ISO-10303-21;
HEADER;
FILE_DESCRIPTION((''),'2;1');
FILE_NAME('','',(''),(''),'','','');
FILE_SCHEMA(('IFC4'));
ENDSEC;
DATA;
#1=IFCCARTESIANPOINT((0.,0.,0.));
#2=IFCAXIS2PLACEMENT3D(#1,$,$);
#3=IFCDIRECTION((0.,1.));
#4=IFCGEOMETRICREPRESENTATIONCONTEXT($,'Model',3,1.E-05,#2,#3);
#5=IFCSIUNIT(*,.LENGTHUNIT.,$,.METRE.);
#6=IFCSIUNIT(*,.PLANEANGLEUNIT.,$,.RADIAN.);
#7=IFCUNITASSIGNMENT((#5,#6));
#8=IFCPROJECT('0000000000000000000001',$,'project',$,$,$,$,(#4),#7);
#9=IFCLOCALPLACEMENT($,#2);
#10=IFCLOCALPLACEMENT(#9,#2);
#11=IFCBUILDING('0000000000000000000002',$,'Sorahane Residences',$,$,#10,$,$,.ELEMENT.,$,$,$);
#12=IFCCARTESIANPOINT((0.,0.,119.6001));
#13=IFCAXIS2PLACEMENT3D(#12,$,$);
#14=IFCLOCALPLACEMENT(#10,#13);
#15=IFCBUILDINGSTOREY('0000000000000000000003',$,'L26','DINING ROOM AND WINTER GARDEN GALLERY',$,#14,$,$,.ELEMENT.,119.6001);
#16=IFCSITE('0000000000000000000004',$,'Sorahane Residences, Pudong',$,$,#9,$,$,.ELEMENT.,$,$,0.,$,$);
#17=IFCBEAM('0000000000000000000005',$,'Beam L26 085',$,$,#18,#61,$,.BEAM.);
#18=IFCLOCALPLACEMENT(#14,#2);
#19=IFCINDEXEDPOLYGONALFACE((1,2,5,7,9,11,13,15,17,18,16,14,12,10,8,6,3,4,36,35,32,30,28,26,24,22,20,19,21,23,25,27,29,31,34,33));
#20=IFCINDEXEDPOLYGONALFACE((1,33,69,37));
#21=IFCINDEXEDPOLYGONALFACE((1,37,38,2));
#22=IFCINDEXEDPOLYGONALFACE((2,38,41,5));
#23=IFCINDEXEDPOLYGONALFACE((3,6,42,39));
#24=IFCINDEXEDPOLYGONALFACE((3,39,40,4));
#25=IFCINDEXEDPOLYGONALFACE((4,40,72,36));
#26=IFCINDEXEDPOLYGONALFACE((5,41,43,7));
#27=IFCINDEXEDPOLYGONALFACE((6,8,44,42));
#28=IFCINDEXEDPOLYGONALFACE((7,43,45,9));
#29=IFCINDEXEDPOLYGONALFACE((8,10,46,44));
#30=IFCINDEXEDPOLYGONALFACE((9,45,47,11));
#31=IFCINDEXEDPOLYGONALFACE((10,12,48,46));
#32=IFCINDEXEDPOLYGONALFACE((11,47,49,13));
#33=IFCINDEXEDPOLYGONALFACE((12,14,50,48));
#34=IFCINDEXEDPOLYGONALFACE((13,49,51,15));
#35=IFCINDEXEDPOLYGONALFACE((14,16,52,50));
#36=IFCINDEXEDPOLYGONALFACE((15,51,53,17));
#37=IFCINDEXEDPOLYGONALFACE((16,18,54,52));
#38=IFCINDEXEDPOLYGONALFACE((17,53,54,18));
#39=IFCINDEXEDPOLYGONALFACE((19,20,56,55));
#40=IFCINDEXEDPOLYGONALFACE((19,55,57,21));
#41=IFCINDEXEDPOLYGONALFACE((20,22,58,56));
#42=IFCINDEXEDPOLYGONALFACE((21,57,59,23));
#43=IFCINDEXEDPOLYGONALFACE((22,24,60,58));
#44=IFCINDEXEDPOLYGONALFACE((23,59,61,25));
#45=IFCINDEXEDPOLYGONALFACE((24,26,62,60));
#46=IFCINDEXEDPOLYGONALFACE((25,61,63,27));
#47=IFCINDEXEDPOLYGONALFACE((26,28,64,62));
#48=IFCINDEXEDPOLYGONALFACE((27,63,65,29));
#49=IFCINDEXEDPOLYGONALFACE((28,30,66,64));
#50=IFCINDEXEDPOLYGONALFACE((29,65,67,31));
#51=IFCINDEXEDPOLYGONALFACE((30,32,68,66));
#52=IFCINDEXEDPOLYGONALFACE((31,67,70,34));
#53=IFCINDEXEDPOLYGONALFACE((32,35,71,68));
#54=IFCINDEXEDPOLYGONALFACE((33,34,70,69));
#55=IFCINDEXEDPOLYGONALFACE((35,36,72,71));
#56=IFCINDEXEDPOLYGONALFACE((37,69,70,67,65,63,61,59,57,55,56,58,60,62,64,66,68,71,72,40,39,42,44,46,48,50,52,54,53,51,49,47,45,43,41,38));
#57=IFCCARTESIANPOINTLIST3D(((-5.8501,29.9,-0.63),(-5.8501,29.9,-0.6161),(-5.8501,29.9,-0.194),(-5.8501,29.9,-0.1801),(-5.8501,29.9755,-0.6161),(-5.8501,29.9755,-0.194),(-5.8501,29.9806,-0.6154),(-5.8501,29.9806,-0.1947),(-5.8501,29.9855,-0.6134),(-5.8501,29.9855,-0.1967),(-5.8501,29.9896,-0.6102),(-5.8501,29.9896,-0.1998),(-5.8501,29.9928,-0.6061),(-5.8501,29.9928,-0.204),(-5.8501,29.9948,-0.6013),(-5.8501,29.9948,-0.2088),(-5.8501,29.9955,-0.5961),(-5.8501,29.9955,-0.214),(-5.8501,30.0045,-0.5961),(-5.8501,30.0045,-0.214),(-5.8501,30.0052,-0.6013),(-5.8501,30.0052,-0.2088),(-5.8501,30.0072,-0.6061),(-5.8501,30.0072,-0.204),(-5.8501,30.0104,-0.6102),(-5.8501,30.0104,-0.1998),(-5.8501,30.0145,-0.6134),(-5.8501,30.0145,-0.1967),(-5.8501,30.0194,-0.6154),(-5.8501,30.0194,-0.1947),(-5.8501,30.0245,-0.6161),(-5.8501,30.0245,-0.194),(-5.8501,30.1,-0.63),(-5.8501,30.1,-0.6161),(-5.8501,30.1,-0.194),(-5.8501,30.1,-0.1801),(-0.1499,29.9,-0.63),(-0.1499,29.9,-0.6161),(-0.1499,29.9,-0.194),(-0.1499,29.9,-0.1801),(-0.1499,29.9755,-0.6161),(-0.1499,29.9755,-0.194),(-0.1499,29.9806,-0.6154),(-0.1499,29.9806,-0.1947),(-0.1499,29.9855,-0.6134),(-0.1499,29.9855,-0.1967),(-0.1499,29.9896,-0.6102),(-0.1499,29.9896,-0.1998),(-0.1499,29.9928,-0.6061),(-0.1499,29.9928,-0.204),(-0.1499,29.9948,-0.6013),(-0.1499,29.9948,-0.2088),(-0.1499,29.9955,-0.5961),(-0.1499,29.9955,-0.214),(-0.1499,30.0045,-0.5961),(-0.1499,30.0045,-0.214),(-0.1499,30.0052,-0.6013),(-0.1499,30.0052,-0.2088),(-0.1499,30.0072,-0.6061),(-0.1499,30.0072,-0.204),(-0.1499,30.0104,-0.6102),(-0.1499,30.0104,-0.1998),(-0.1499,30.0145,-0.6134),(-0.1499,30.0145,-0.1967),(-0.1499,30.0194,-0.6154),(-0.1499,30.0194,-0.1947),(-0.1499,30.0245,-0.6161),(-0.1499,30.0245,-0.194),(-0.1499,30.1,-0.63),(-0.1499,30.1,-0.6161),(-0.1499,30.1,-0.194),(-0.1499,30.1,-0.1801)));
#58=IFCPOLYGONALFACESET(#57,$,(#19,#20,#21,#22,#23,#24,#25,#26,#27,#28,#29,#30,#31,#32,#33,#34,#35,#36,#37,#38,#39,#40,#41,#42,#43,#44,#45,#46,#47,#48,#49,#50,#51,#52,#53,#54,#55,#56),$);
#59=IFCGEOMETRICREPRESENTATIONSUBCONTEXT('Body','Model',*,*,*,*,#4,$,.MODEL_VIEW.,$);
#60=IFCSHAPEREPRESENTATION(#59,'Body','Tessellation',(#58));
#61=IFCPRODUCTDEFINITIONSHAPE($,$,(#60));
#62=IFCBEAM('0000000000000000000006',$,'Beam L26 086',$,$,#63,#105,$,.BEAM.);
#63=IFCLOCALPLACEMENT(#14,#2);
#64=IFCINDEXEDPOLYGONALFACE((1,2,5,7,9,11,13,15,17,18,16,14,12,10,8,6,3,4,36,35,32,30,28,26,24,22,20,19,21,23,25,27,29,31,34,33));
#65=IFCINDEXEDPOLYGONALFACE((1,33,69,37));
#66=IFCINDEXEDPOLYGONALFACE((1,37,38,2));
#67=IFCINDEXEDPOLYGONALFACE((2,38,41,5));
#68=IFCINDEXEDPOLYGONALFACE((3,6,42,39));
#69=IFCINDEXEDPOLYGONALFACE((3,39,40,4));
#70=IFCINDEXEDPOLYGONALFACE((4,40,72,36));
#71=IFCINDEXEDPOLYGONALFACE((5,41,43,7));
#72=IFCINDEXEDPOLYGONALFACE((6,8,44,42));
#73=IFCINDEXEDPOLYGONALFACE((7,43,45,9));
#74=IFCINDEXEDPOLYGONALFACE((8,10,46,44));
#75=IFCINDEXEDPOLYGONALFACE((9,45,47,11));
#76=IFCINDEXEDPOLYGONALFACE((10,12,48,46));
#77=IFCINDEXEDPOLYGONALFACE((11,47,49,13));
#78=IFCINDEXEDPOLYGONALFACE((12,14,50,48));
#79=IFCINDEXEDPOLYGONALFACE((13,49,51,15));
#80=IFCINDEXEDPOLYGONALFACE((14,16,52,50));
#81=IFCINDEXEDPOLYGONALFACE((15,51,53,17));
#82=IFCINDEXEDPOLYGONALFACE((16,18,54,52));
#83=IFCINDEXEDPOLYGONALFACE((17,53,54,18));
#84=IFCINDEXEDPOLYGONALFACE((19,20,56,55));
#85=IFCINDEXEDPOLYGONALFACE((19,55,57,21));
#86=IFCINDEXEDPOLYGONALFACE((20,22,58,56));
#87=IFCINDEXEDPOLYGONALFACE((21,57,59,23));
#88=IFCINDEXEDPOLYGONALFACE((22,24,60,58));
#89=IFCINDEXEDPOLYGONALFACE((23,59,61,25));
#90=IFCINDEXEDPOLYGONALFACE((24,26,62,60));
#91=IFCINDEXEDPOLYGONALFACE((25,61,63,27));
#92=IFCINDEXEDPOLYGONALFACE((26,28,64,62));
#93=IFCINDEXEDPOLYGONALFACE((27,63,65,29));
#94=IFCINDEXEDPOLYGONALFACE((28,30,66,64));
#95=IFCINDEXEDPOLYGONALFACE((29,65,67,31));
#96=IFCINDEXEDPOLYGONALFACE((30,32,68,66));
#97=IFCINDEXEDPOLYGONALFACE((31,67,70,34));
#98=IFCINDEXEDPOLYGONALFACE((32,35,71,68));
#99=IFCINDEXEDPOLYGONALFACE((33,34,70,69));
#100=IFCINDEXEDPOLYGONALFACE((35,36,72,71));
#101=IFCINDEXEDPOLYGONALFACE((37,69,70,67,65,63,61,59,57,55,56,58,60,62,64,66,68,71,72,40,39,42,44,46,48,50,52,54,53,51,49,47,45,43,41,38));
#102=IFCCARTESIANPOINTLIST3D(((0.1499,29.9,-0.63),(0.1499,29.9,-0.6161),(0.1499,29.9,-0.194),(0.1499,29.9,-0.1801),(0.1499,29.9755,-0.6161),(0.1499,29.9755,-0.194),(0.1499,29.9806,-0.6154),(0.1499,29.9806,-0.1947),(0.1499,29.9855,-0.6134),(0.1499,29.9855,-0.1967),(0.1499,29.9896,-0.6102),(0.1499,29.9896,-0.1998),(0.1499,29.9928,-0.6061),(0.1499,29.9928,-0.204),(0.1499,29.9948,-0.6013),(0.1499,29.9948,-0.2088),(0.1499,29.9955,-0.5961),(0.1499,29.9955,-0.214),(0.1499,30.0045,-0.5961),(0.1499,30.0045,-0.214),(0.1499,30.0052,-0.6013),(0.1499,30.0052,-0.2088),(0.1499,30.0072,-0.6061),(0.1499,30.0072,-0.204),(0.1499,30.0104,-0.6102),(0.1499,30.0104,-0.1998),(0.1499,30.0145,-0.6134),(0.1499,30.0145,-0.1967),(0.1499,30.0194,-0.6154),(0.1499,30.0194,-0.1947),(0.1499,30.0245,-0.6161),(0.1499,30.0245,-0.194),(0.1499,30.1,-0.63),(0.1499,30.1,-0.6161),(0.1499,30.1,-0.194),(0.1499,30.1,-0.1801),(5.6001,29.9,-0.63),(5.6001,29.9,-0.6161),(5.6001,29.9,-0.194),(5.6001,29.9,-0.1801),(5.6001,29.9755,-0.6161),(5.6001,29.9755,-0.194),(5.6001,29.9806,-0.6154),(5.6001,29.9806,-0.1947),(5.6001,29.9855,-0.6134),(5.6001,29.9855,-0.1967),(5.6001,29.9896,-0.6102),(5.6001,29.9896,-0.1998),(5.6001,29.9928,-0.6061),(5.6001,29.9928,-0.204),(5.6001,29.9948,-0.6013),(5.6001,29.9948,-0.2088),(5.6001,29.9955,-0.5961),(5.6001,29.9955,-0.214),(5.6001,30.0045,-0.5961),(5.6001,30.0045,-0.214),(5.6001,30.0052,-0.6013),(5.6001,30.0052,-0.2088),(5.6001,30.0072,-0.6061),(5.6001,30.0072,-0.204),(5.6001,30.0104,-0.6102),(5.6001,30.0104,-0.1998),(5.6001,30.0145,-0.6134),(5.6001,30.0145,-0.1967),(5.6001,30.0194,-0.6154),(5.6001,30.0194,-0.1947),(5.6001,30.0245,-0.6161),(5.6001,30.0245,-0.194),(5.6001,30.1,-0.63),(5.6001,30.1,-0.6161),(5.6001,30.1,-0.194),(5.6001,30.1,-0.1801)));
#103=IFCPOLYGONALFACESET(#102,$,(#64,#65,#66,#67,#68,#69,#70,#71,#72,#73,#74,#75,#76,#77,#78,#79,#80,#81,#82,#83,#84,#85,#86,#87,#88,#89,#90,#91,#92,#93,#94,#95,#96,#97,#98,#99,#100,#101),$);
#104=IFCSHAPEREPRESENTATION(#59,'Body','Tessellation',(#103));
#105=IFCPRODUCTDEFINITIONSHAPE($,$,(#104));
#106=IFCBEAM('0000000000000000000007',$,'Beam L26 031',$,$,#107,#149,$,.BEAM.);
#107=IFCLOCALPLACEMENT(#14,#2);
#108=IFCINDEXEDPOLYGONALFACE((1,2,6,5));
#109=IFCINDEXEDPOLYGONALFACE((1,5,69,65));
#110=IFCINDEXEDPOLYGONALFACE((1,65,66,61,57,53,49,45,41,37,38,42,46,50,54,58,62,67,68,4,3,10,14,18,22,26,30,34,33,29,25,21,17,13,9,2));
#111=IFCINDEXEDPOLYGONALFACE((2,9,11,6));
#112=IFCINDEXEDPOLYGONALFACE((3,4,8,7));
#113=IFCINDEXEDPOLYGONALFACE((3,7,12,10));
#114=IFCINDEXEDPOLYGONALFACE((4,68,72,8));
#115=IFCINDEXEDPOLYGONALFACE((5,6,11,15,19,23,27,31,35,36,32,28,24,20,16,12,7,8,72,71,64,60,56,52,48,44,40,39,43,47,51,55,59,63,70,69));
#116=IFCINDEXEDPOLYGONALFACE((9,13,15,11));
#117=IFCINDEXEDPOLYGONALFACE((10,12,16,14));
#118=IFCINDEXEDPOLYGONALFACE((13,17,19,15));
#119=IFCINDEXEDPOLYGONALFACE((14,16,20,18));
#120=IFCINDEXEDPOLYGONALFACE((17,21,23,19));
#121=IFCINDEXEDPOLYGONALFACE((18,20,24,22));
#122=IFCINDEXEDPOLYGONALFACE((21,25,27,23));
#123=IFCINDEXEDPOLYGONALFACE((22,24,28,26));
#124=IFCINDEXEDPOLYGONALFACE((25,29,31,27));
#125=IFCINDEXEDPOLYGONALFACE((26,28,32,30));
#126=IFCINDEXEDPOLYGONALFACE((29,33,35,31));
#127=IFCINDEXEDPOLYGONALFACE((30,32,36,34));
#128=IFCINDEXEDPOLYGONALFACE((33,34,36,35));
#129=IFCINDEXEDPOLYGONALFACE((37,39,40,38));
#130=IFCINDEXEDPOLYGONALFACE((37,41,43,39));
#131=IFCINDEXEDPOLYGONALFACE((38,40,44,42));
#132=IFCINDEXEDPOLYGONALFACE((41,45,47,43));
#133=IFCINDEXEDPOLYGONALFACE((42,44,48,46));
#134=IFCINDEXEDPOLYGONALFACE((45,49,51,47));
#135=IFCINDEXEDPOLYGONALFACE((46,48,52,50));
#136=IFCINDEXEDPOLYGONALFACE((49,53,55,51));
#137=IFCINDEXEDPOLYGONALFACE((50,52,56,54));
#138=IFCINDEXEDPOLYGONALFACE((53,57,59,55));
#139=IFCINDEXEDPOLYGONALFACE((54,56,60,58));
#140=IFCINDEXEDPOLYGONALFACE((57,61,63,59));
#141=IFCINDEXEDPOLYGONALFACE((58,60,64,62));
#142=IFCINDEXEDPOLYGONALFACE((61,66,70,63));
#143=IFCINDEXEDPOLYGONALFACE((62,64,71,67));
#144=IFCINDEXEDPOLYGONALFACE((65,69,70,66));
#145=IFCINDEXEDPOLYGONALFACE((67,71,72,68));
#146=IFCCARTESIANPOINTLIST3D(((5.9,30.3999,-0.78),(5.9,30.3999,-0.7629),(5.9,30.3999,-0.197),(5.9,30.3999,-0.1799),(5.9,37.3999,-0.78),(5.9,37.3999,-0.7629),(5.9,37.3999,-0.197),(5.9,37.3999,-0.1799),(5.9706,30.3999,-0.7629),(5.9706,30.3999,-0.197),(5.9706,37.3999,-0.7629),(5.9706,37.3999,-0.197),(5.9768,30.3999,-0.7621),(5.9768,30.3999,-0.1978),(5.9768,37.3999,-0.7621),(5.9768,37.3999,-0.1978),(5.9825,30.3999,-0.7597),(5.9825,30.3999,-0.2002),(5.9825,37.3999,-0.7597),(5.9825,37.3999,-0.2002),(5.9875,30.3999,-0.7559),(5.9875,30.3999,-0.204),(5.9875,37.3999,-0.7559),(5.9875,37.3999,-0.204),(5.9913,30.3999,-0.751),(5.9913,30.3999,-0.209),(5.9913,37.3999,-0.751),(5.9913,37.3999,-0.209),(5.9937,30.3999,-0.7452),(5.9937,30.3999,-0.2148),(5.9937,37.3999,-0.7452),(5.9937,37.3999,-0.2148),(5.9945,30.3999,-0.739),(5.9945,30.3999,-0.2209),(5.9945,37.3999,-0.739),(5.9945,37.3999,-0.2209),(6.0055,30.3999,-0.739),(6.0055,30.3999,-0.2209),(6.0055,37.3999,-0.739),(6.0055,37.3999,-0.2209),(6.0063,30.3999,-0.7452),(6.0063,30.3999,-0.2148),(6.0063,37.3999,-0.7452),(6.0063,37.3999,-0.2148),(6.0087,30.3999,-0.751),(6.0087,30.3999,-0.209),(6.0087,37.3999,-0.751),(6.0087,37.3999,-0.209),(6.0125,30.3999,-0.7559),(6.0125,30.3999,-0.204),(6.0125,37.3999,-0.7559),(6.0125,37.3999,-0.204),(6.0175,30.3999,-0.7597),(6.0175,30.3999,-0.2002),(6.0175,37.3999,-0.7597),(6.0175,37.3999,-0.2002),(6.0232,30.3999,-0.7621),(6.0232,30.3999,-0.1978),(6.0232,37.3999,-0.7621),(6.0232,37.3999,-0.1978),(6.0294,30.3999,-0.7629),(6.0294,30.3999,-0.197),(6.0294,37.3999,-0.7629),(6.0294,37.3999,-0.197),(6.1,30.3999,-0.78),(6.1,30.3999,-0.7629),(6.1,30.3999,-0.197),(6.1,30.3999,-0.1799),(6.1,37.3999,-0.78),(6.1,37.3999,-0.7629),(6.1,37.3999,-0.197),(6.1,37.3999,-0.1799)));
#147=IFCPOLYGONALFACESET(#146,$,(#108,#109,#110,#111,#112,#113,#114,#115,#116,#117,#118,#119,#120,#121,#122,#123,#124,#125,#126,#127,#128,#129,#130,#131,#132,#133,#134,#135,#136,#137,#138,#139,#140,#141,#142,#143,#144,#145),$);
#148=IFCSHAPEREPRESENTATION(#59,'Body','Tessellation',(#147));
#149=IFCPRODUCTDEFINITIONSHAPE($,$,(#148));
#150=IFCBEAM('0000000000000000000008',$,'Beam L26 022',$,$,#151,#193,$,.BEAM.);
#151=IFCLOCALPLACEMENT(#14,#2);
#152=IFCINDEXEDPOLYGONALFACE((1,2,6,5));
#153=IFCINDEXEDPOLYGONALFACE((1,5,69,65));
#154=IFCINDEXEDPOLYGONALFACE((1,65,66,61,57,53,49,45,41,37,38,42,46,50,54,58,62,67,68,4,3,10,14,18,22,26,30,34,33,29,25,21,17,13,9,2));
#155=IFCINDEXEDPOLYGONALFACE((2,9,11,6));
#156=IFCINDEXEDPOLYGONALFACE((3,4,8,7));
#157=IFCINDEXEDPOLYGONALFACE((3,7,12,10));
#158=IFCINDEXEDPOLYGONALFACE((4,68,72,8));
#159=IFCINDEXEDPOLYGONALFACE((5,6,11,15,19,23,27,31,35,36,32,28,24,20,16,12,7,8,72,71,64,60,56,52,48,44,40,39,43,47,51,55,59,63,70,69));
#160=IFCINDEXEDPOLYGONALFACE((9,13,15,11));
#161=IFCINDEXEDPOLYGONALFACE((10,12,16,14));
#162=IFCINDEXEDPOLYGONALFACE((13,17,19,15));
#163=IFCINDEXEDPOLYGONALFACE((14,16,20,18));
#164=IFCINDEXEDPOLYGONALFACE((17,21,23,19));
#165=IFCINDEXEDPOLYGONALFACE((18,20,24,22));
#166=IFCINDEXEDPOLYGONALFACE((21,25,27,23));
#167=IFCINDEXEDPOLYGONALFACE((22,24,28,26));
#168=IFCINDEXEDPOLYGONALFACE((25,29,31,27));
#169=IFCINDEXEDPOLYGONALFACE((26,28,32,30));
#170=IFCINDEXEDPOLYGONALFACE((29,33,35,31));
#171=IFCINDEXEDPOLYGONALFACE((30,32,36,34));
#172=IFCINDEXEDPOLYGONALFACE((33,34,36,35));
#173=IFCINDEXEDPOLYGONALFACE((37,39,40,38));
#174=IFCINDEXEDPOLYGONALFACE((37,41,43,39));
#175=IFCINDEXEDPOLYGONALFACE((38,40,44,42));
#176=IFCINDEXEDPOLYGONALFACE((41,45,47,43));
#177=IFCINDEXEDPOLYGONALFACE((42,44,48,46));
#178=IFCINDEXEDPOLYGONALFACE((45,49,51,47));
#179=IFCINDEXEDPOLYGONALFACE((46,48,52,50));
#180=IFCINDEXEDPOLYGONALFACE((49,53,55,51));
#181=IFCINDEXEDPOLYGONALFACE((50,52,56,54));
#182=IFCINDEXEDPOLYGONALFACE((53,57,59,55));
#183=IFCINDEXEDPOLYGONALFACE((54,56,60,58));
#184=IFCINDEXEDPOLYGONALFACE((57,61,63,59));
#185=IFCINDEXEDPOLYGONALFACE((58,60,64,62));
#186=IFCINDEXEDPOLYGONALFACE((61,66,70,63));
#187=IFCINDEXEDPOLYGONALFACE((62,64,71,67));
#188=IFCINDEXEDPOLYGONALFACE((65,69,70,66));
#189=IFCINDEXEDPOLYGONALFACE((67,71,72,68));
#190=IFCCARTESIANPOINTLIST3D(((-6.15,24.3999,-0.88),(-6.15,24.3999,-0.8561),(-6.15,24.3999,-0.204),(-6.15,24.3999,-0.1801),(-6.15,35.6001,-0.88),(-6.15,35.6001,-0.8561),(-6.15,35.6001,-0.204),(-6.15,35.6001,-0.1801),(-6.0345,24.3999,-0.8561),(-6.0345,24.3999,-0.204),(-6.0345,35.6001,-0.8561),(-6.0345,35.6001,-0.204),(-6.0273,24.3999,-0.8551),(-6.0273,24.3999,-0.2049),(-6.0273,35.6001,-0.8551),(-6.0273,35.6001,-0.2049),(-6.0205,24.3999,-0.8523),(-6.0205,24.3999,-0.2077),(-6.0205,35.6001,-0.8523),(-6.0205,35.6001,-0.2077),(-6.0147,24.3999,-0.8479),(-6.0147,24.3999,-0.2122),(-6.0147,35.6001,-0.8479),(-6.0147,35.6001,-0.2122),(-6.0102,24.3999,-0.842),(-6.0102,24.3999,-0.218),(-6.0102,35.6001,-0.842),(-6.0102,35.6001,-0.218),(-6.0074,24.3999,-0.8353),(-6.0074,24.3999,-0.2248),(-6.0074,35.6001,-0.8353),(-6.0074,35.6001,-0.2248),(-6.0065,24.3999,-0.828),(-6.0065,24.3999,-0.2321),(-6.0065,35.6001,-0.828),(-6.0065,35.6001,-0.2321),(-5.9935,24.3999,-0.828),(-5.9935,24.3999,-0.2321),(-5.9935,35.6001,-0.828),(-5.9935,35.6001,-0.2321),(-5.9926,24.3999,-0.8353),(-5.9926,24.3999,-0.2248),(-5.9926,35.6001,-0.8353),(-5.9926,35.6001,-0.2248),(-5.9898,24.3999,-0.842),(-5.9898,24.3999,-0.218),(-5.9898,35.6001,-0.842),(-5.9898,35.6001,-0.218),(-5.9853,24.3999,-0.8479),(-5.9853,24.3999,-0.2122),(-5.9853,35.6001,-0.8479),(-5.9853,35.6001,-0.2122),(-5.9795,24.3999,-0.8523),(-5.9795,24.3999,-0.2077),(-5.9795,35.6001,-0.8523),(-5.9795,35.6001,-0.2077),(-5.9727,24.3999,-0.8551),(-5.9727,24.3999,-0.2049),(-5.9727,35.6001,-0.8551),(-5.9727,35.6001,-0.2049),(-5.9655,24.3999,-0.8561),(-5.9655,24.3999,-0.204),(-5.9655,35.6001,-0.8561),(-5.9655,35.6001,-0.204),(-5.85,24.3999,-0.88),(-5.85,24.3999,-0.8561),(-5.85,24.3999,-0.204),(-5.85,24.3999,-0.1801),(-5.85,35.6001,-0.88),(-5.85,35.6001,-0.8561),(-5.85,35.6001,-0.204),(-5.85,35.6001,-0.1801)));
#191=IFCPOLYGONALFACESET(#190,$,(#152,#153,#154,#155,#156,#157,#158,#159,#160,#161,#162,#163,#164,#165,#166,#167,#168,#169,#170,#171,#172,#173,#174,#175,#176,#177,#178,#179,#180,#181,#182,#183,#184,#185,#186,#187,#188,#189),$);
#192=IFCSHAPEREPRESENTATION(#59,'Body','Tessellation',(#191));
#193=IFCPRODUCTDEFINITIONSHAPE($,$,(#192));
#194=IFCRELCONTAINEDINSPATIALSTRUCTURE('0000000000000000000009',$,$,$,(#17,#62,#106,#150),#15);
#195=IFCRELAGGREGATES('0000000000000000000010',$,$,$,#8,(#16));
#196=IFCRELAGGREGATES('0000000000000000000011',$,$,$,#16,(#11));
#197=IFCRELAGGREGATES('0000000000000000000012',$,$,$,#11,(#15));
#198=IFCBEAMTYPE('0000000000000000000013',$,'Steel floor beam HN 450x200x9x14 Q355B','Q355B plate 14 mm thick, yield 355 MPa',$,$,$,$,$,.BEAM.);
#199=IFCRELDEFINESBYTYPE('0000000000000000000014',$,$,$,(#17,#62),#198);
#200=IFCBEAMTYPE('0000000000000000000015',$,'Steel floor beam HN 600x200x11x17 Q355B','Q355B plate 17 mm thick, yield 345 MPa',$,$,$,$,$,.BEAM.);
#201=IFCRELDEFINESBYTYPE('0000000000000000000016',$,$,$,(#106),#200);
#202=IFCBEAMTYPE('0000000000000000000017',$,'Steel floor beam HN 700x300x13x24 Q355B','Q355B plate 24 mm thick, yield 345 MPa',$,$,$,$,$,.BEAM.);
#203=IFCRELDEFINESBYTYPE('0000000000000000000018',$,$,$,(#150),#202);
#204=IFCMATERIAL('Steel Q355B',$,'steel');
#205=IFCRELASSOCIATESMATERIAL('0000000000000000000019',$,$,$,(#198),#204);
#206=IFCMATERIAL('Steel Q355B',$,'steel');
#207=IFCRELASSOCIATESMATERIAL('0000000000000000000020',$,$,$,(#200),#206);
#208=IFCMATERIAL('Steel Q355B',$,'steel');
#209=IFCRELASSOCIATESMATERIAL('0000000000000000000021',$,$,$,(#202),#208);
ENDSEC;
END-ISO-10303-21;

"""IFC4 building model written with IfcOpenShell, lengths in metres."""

from ifc_helpers import new_model, si_unit, direction, frame, origin, origin_2d, place, context, subcontext, project, spatial, i_section, extrude, material, material_profile, profile_set, type_object, element, save


model = new_model("IFC4")

# Units and contexts
model_context = context("Model", 3, precision=1e-05, world=origin(), true_north=direction((0.0, 1.0)))
body_context = subcontext(model_context, "Body", "Model", "MODEL_VIEW")
ifc_project = project(units=[si_unit("LENGTHUNIT", "METRE"), si_unit("PLANEANGLEUNIT", "RADIAN")], contexts=[model_context])

# Site, building, storey
site_placement = place(None, origin())
site = spatial("IfcSite", under=ifc_project, at=site_placement, Name="Sorahane Residences, Pudong", CompositionType="ELEMENT", RefElevation=0.0)
building_placement = place(site_placement, origin())
building = spatial("IfcBuilding", under=site, at=building_placement, Name="Sorahane Residences", CompositionType="ELEMENT")
storey_placement = place(building_placement, frame((0.0, 0.0, 119.6001)))
storey = spatial("IfcBuildingStorey", under=building, at=storey_placement, Name="L26", Description="DINING ROOM AND WINTER GARDEN GALLERY", CompositionType="ELEMENT", Elevation=119.6001)

# Beams
ifc_material_1 = material(Name="Steel Q355B", Category="steel")
ifc_material_profile_1 = material_profile(ifc_material_1, i_section(OverallWidth=0.2, OverallDepth=0.45, WebThickness=0.009, FlangeThickness=0.0139, FilletRadius=0.02, at=origin_2d()), Name="HN 450x200x9x14")
ifc_profile_set_1 = profile_set([ifc_material_profile_1], Name="Steel Q355B")
beam_type_1 = type_object("IfcBeamType", Name="Steel floor beam HN 450x200x9x14 Q355B", Description="Q355B plate 14 mm thick, yield 355 MPa", PredefinedType="BEAM", material=ifc_profile_set_1)
beam_1_placement = place(storey_placement, frame((-5.8501, 30.0, -0.405), z_axis=(1.0, 0.0, 0.0), x_axis=(0.0, 1.0, 0.0)))
element("IfcBeam", 1, at=beam_1_placement, inside=storey, type_object=beam_type_1, Name="Beam L26 085", PredefinedType="BEAM", context=body_context, shape_type="SweptSolid", body=[
    extrude(i_section(OverallWidth=0.2, OverallDepth=0.45, WebThickness=0.009, FlangeThickness=0.0139, FilletRadius=0.02, at=origin_2d()), origin(), (0.0, 0.0, 1.0), 5.7002),
])
beam_2_placement = place(storey_placement, frame((0.1499, 30.0, -0.405), z_axis=(1.0, 0.0, 0.0), x_axis=(0.0, 1.0, 0.0)))
element("IfcBeam", 2, at=beam_2_placement, inside=storey, type_object=beam_type_1, Name="Beam L26 086", PredefinedType="BEAM", context=body_context, shape_type="SweptSolid", body=[
    extrude(i_section(OverallWidth=0.2, OverallDepth=0.45, WebThickness=0.009, FlangeThickness=0.0139, FilletRadius=0.02, at=origin_2d()), origin(), (0.0, 0.0, 1.0), 5.4502),
])
ifc_material_2 = material(Name="Steel Q355B", Category="steel")
ifc_material_profile_2 = material_profile(ifc_material_2, i_section(OverallWidth=0.2, OverallDepth=0.6001, WebThickness=0.011, FlangeThickness=0.0171, FilletRadius=0.0239, at=origin_2d()), Name="HN 600x200x11x17")
ifc_profile_set_2 = profile_set([ifc_material_profile_2], Name="Steel Q355B")
beam_type_2 = type_object("IfcBeamType", Name="Steel floor beam HN 600x200x11x17 Q355B", Description="Q355B plate 17 mm thick, yield 345 MPa", PredefinedType="BEAM", material=ifc_profile_set_2)
beam_3_placement = place(storey_placement, frame((6.0, 30.3999, -0.48), z_axis=(0.0, 1.0, 0.0), x_axis=(-1.0, 0.0, 0.0)))
element("IfcBeam", 3, at=beam_3_placement, inside=storey, type_object=beam_type_2, Name="Beam L26 031", PredefinedType="BEAM", context=body_context, shape_type="SweptSolid", body=[
    extrude(i_section(OverallWidth=0.2, OverallDepth=0.6001, WebThickness=0.011, FlangeThickness=0.0171, FilletRadius=0.0239, at=origin_2d()), origin(), (0.0, 0.0, 1.0), 7.0),
])
ifc_material_3 = material(Name="Steel Q355B", Category="steel")
ifc_material_profile_3 = material_profile(ifc_material_3, i_section(OverallWidth=0.3, OverallDepth=0.7, WebThickness=0.0129, FlangeThickness=0.0239, FilletRadius=0.0281, at=origin_2d()), Name="HN 700x300x13x24")
ifc_profile_set_3 = profile_set([ifc_material_profile_3], Name="Steel Q355B")
beam_type_3 = type_object("IfcBeamType", Name="Steel floor beam HN 700x300x13x24 Q355B", Description="Q355B plate 24 mm thick, yield 345 MPa", PredefinedType="BEAM", material=ifc_profile_set_3)
beam_4_placement = place(storey_placement, frame((-6.0, 24.3999, -0.53), z_axis=(0.0, 1.0, 0.0), x_axis=(-1.0, 0.0, 0.0)))
element("IfcBeam", 4, at=beam_4_placement, inside=storey, type_object=beam_type_3, Name="Beam L26 022", PredefinedType="BEAM", context=body_context, shape_type="SweptSolid", body=[
    extrude(i_section(OverallWidth=0.3, OverallDepth=0.7, WebThickness=0.0129, FlangeThickness=0.0239, FilletRadius=0.0281, at=origin_2d()), origin(), (0.0, 0.0, 1.0), 11.2002),
])

save(model, "model.ifc")
